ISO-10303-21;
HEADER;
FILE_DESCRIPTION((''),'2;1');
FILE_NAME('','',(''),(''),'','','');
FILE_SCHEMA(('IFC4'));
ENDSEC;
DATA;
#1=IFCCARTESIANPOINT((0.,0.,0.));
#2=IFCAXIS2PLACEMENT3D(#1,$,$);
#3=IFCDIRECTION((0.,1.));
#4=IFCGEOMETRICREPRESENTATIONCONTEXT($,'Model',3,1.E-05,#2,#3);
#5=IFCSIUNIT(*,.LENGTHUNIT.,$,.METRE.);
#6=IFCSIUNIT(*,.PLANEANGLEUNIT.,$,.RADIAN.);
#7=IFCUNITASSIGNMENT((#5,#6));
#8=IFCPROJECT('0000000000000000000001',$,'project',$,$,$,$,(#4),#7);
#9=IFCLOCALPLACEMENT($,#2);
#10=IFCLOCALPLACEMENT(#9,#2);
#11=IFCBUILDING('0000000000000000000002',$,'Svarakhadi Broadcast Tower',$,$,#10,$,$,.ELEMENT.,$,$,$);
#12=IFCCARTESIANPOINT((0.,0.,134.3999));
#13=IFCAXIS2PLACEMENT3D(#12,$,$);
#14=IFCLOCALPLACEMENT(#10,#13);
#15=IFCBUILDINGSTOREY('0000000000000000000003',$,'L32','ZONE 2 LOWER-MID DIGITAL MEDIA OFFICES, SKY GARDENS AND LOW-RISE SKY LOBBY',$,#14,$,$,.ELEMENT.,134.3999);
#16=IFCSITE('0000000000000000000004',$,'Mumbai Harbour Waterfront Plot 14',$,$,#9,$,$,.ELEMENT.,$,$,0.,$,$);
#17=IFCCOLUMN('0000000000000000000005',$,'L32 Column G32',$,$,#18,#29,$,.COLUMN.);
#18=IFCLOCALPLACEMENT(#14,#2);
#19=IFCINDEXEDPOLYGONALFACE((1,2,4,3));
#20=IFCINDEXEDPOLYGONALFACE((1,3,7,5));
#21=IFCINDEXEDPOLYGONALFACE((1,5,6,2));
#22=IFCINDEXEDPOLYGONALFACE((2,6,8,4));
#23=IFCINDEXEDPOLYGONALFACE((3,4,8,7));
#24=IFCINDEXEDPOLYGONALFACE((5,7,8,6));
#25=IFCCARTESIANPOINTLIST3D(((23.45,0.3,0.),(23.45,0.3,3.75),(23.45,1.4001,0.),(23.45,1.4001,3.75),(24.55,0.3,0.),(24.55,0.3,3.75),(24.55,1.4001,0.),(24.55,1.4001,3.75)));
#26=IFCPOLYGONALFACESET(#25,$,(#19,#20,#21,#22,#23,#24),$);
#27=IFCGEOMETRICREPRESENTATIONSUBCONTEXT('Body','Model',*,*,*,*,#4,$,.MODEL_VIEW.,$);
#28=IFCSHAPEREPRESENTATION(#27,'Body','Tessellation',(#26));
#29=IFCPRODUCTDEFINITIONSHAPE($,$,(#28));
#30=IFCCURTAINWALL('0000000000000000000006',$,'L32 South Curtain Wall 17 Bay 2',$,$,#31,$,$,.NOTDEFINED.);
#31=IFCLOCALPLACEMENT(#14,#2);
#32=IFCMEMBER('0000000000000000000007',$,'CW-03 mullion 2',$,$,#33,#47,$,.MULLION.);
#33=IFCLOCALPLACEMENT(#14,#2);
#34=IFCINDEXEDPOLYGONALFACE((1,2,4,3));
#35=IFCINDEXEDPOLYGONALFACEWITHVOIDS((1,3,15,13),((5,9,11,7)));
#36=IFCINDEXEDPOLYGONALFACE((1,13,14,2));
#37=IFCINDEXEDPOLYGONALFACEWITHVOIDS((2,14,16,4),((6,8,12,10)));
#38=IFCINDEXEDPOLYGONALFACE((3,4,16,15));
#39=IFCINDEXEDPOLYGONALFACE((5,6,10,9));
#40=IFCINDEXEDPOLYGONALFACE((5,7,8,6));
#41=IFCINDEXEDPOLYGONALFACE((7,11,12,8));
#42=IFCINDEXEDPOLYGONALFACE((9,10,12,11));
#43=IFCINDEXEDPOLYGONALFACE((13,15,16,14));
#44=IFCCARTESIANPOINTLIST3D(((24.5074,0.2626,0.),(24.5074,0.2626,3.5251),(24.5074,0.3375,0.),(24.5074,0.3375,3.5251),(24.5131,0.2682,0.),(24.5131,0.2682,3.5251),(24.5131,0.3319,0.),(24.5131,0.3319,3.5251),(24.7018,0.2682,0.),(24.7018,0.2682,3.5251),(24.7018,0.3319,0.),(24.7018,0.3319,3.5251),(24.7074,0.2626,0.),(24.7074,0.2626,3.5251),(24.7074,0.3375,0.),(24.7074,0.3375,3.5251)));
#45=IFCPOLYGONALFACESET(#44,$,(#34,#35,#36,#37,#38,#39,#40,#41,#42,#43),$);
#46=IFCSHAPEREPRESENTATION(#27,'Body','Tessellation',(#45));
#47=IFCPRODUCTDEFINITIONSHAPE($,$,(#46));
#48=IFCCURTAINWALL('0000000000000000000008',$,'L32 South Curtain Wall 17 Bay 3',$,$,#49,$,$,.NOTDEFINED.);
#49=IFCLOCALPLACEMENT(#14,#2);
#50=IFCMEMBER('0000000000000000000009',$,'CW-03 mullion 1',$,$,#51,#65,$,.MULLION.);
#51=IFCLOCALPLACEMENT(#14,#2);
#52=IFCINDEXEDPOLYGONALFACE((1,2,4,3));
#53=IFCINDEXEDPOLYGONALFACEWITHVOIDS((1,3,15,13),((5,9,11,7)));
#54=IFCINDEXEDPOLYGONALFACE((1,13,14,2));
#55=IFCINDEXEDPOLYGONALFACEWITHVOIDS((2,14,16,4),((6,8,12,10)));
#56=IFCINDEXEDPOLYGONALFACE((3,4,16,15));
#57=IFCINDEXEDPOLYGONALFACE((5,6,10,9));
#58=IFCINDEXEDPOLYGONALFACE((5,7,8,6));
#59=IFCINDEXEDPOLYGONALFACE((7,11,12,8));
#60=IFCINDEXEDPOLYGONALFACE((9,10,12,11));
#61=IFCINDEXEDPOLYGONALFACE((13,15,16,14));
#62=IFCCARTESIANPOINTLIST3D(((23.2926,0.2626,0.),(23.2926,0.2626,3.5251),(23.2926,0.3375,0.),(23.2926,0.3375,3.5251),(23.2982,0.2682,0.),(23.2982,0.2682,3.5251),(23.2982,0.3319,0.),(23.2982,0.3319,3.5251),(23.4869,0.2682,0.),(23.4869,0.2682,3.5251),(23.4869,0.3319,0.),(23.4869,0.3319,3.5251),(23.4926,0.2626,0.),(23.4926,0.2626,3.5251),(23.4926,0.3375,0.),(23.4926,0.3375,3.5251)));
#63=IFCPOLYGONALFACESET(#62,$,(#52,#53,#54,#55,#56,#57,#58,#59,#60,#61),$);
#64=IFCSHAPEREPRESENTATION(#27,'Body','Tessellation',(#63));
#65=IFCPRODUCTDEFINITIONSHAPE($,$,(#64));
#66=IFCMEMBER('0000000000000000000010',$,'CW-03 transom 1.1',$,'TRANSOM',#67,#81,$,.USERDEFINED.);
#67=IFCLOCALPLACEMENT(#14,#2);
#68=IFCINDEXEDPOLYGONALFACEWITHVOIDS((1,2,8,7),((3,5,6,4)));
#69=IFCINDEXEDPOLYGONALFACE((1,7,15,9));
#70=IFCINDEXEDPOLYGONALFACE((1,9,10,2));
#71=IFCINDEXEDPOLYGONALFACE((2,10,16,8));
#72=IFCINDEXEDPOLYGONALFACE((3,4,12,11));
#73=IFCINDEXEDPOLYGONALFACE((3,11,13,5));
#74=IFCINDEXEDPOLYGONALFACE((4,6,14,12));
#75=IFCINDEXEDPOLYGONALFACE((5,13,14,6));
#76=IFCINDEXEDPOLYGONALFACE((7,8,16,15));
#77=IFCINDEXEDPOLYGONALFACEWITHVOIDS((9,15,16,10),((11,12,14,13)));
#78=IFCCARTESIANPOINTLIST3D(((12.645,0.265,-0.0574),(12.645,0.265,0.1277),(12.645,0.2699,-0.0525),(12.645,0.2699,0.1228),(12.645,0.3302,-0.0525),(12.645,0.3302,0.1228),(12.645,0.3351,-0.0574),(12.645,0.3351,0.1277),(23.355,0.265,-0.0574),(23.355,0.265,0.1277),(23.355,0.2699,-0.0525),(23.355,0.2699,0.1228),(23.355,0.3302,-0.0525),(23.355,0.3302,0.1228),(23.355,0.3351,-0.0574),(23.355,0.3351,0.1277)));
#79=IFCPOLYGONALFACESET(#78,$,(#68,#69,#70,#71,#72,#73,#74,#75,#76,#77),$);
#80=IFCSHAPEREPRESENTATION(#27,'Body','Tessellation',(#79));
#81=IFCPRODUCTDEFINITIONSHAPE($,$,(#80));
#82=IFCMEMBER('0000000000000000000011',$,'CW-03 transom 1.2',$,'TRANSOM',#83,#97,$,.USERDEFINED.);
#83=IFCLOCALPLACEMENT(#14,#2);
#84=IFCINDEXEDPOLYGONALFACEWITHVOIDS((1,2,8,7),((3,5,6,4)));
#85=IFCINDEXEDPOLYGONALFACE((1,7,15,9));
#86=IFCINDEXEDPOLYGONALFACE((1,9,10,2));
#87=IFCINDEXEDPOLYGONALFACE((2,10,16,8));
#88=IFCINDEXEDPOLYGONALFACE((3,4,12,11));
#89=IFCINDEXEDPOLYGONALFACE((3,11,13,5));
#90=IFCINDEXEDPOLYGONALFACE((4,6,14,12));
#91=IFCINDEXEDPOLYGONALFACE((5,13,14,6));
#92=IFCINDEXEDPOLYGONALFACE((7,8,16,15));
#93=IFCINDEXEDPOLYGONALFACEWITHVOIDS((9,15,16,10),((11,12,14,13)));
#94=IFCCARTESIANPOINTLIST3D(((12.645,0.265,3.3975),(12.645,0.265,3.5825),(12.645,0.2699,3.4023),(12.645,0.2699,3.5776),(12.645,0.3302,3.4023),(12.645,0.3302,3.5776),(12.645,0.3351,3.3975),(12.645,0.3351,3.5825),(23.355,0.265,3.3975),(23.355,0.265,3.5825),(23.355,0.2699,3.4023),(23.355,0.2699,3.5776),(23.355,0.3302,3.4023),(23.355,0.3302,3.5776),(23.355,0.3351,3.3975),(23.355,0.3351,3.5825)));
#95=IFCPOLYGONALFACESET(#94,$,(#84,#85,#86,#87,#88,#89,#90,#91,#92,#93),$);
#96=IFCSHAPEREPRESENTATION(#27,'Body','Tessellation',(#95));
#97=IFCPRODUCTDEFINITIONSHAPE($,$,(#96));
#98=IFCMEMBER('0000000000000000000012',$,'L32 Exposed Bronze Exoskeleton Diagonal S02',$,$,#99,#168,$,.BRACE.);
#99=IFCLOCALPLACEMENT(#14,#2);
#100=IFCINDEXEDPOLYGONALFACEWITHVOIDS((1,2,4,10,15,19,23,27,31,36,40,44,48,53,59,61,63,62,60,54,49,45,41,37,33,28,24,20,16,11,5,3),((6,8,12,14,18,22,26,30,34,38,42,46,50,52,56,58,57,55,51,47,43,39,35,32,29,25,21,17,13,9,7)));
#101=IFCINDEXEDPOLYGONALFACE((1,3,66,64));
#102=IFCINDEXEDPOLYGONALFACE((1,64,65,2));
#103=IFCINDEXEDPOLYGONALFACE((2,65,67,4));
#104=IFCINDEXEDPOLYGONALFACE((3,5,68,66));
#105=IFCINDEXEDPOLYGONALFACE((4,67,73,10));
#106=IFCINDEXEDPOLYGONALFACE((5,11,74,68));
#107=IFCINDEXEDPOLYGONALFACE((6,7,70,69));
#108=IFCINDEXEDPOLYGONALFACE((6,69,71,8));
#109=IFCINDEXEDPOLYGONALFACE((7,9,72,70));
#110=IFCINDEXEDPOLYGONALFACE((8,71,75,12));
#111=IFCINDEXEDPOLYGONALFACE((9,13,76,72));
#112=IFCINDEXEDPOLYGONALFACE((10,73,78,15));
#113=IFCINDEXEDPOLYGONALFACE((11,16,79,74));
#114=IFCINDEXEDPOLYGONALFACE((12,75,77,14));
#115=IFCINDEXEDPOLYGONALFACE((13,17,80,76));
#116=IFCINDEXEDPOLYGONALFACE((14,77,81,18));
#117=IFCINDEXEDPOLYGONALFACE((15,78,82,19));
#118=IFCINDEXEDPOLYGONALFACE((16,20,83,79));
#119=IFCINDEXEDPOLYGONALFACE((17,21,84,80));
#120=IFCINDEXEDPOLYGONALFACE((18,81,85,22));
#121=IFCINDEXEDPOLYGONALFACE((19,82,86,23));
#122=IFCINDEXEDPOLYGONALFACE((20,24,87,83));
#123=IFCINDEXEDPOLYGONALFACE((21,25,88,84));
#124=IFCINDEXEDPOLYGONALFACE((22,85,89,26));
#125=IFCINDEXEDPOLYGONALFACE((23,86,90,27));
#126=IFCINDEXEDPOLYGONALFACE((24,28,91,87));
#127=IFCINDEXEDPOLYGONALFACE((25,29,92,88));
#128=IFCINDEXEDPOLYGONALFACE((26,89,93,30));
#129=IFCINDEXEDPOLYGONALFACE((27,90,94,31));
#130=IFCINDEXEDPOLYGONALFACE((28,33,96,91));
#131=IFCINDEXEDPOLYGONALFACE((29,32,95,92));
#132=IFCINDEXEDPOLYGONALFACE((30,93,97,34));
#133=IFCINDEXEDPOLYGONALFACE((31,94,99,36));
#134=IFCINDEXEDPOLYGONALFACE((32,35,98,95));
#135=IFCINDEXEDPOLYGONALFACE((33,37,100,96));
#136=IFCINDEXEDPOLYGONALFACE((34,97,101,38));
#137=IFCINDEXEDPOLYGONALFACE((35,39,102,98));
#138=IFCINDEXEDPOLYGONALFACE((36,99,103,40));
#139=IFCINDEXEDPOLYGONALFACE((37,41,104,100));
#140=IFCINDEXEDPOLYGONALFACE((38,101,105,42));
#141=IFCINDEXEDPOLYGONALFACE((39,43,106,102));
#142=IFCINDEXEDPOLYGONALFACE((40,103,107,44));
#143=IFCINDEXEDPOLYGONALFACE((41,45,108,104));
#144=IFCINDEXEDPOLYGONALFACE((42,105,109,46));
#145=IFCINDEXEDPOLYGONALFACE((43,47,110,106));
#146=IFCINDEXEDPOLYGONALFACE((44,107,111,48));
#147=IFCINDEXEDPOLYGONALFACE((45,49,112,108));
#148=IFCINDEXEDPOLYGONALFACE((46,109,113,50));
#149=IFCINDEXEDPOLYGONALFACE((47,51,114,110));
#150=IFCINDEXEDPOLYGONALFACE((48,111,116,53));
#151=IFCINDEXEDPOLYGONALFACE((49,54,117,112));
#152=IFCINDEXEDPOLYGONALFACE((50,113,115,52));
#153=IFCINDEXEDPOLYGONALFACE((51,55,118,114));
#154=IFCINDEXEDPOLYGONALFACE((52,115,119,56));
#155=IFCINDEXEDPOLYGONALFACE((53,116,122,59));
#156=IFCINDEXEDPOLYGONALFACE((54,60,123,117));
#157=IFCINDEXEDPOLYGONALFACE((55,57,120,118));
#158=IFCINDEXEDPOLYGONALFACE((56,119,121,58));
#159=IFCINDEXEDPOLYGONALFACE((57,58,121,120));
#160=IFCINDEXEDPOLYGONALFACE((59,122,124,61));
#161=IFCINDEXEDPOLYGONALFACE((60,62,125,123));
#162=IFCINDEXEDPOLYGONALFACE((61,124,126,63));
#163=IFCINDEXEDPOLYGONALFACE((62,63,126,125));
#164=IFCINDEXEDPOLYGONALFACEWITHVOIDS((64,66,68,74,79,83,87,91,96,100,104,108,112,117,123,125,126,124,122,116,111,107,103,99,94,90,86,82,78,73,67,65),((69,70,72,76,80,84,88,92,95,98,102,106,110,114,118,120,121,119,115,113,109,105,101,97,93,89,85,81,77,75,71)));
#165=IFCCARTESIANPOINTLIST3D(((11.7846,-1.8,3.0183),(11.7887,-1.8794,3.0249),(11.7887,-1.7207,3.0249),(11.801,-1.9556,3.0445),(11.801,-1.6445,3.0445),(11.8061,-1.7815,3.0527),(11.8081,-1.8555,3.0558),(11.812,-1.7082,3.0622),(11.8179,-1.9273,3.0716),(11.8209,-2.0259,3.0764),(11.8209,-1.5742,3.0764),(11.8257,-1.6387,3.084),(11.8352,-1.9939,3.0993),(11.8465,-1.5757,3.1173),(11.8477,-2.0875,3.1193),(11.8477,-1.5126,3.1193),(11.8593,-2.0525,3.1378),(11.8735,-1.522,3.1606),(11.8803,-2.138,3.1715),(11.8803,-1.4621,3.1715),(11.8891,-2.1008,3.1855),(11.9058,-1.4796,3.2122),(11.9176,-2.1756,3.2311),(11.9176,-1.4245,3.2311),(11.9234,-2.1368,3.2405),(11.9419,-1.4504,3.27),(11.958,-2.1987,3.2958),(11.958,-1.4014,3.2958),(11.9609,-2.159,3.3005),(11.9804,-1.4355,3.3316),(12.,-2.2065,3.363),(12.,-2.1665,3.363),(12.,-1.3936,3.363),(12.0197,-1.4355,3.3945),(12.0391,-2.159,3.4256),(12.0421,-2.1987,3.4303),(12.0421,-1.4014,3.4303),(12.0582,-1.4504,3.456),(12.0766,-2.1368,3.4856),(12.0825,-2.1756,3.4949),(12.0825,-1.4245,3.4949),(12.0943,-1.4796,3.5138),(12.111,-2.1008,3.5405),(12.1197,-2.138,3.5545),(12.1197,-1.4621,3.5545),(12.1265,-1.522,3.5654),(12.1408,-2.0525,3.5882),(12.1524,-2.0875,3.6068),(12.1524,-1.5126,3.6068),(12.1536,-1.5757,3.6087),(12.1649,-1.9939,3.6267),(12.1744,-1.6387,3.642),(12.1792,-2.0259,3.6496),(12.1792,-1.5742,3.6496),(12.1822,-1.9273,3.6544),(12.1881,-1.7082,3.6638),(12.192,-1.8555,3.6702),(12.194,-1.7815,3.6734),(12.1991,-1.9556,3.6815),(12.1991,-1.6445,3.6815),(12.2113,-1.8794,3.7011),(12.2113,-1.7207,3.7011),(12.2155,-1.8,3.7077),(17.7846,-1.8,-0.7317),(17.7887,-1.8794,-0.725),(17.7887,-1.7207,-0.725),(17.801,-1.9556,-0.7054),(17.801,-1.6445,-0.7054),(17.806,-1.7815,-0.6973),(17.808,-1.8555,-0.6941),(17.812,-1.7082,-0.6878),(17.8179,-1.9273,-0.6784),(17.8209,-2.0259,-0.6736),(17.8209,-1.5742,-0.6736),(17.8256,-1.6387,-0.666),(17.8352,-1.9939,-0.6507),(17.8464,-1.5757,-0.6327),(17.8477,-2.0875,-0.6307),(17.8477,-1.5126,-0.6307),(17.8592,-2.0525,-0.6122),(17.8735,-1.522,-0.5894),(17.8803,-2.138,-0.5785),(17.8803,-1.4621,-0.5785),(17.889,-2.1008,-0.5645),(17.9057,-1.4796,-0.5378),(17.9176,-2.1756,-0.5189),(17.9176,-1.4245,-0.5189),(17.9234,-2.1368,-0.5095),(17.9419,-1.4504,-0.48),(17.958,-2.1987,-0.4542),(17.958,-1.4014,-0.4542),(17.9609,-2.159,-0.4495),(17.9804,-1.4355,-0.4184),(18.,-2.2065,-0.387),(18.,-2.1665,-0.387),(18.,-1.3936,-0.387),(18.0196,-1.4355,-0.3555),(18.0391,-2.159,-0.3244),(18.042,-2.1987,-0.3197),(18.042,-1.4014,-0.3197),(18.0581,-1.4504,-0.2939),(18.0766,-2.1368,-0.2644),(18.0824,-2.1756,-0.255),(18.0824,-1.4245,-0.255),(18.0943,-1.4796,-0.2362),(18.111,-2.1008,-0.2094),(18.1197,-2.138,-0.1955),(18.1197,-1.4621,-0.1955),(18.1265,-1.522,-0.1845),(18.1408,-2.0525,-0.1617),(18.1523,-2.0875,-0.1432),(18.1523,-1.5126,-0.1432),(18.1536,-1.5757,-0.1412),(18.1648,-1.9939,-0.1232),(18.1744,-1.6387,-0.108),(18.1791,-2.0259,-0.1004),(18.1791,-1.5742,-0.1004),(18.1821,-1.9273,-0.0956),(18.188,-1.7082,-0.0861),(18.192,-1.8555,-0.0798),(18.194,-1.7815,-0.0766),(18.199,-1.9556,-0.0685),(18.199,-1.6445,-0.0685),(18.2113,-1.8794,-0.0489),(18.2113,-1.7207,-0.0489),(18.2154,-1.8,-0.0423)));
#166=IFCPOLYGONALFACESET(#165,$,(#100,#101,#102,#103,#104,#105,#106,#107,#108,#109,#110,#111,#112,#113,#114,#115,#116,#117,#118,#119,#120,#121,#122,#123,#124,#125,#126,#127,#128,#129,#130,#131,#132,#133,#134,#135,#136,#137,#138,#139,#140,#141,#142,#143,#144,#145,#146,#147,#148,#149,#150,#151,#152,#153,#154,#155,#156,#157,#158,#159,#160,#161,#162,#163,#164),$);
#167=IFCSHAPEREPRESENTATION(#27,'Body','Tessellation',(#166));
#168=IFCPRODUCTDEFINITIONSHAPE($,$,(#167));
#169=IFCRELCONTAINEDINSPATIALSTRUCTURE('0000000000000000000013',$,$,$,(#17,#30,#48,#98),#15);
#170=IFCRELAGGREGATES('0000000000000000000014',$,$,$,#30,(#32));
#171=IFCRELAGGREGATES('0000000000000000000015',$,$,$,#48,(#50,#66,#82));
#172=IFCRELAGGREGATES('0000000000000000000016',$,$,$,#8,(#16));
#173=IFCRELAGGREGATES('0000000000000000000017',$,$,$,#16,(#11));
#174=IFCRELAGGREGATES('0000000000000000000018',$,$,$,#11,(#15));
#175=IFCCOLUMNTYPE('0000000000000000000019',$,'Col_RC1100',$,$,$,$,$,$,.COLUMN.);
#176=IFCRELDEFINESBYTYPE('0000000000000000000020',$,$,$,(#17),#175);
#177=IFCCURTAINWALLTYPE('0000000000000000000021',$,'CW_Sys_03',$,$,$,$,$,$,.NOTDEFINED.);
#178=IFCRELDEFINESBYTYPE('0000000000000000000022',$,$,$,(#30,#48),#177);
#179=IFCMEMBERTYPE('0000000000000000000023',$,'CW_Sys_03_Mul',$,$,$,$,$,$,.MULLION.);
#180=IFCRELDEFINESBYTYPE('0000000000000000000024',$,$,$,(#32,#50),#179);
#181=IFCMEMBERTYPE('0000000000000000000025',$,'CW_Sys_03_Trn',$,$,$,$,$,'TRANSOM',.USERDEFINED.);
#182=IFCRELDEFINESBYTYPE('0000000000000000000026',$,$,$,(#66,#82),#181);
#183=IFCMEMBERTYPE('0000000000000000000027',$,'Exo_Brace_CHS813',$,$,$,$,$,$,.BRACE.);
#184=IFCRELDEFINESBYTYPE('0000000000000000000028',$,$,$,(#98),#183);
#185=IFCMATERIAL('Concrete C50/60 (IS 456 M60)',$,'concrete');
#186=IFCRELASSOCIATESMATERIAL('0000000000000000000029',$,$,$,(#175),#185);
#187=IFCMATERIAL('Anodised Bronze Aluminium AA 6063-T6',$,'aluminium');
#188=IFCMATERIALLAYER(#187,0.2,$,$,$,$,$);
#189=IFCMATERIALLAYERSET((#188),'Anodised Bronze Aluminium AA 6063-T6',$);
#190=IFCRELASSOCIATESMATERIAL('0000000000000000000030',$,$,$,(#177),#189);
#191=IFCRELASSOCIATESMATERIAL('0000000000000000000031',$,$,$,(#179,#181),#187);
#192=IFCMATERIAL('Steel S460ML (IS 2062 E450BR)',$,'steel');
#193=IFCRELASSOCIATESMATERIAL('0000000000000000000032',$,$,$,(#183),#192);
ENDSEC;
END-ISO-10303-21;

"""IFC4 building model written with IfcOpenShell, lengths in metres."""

from ifc_helpers import new_model, si_unit, direction, frame, origin, origin_2d, place, context, subcontext, project, spatial, rectangle, hollow_rectangle, hollow_circle, extrude, material, layer, layer_set, material_profile, profile_set, type_object, element, aggregate, save


model = new_model("IFC4")

# Units and contexts
model_context = context("Model", 3, precision=1e-05, world=origin(), true_north=direction((0.0, 1.0)))
body_context = subcontext(model_context, "Body", "Model", "MODEL_VIEW")
ifc_project = project(units=[si_unit("LENGTHUNIT", "METRE"), si_unit("PLANEANGLEUNIT", "RADIAN")], contexts=[model_context])

# Site, building, storey
site_placement = place(None, origin())
site = spatial("IfcSite", under=ifc_project, at=site_placement, Name="Mumbai Harbour Waterfront Plot 14", CompositionType="ELEMENT", RefElevation=0.0)
building_placement = place(site_placement, origin())
building = spatial("IfcBuilding", under=site, at=building_placement, Name="Svarakhadi Broadcast Tower", CompositionType="ELEMENT")
storey_placement = place(building_placement, frame((0.0, 0.0, 134.3999)))
storey = spatial("IfcBuildingStorey", under=building, at=storey_placement, Name="L32", Description="ZONE 2 LOWER-MID DIGITAL MEDIA OFFICES, SKY GARDENS AND LOW-RISE SKY LOBBY", CompositionType="ELEMENT", Elevation=134.3999)

# Column
ifc_material_1 = material(Name="Concrete C50/60 (IS 456 M60)", Category="concrete")
ifc_material_profile_1 = material_profile(ifc_material_1, rectangle(XDim=1.1001, YDim=1.1001, at=origin_2d()), Name="RC 1100x1100")
ifc_profile_set_1 = profile_set([ifc_material_profile_1], Name="Concrete C50/60 (IS 456 M60)")
column_type = type_object("IfcColumnType", Name="Col_RC1100", PredefinedType="COLUMN", material=ifc_profile_set_1)
column_placement = place(storey_placement, frame((24.0, 0.8501, 0.0), z_axis=(0.0, 0.0, 1.0), x_axis=(1.0, 0.0, 0.0)))
element("IfcColumn", 1, at=column_placement, inside=storey, type_object=column_type, Name="L32 Column G32", PredefinedType="COLUMN", context=body_context, shape_type="SweptSolid", body=[
    extrude(rectangle(XDim=1.1001, YDim=1.1001, at=origin_2d()), origin(), (0.0, 0.0, 1.0), 3.75),
])

# Curtain wall, member
ifc_material_2 = material(Name="Anodised Bronze Aluminium AA 6063-T6", Category="aluminium")
ifc_layer_1 = layer(ifc_material_2, 0.2)
ifc_layer_set_1 = layer_set([ifc_layer_1], Name="Anodised Bronze Aluminium AA 6063-T6")
curtain_wall_type = type_object("IfcCurtainWallType", Name="CW_Sys_03", PredefinedType="NOTDEFINED", material=ifc_layer_set_1)
curtain_wall_1_placement = place(storey_placement, origin())
curtain_wall_1 = element("IfcCurtainWall", 2, at=curtain_wall_1_placement, inside=storey, type_object=curtain_wall_type, Name="L32 South Curtain Wall 17 Bay 2", PredefinedType="NOTDEFINED")
ifc_material_profile_2 = material_profile(ifc_material_2, hollow_rectangle(XDim=0.075, YDim=0.2, WallThickness=0.0056, at=origin_2d()), Name="ALU MULLION 200x75x6")
ifc_profile_set_2 = profile_set([ifc_material_profile_2], Name="Anodised Bronze Aluminium AA 6063-T6")
member_type_1 = type_object("IfcMemberType", Name="CW_Sys_03_Mul", PredefinedType="MULLION", material=ifc_profile_set_2)
member_1_placement = place(storey_placement, frame((24.6074, 0.3, 0.0), z_axis=(0.0, 0.0, 1.0), x_axis=(0.0, -1.0, 0.0)))
member_1 = element("IfcMember", 3, at=member_1_placement, type_object=member_type_1, Name="CW-03 mullion 2", PredefinedType="MULLION", context=body_context, shape_type="SweptSolid", body=[
    extrude(hollow_rectangle(XDim=0.075, YDim=0.2, WallThickness=0.0056, at=origin_2d()), origin(), (0.0, 0.0, 1.0), 3.5251),
])
aggregate(curtain_wall_1, [member_1])

# Curtain wall, members
curtain_wall_2_placement = place(storey_placement, origin())
curtain_wall_2 = element("IfcCurtainWall", 4, at=curtain_wall_2_placement, inside=storey, type_object=curtain_wall_type, Name="L32 South Curtain Wall 17 Bay 3", PredefinedType="NOTDEFINED")
member_2_placement = place(storey_placement, frame((23.3926, 0.3, 0.0), z_axis=(0.0, 0.0, 1.0), x_axis=(0.0, -1.0, 0.0)))
member_2 = element("IfcMember", 5, at=member_2_placement, type_object=member_type_1, Name="CW-03 mullion 1", PredefinedType="MULLION", context=body_context, shape_type="SweptSolid", body=[
    extrude(hollow_rectangle(XDim=0.075, YDim=0.2, WallThickness=0.0056, at=origin_2d()), origin(), (0.0, 0.0, 1.0), 3.5251),
])
ifc_material_profile_3 = material_profile(ifc_material_2, hollow_rectangle(XDim=0.0701, YDim=0.1851, WallThickness=0.0049, at=origin_2d()), Name="ALU TRANSOM 185x70x5")
ifc_profile_set_3 = profile_set([ifc_material_profile_3], Name="Anodised Bronze Aluminium AA 6063-T6")
member_type_2 = type_object("IfcMemberType", Name="CW_Sys_03_Trn", ElementType="TRANSOM", PredefinedType="USERDEFINED", material=ifc_profile_set_3)
member_3_placement = place(storey_placement, frame((23.355, 0.3, 0.0352), z_axis=(-1.0, 0.0, 0.0), x_axis=(0.0, -1.0, 0.0)))
member_3 = element("IfcMember", 6, at=member_3_placement, type_object=member_type_2, Name="CW-03 transom 1.1", ObjectType="TRANSOM", PredefinedType="USERDEFINED", context=body_context, shape_type="SweptSolid", body=[
    extrude(hollow_rectangle(XDim=0.0701, YDim=0.1851, WallThickness=0.0049, at=origin_2d()), origin(), (0.0, 0.0, 1.0), 10.71),
])
member_4_placement = place(storey_placement, frame((23.355, 0.3, 3.49), z_axis=(-1.0, 0.0, 0.0), x_axis=(0.0, -1.0, 0.0)))
member_4 = element("IfcMember", 7, at=member_4_placement, type_object=member_type_2, Name="CW-03 transom 1.2", ObjectType="TRANSOM", PredefinedType="USERDEFINED", context=body_context, shape_type="SweptSolid", body=[
    extrude(hollow_rectangle(XDim=0.0701, YDim=0.1851, WallThickness=0.0049, at=origin_2d()), origin(), (0.0, 0.0, 1.0), 10.71),
])

# Member
ifc_material_3 = material(Name="Steel S460ML (IS 2062 E450BR)", Category="steel")
ifc_material_profile_4 = material_profile(ifc_material_3, hollow_circle(Radius=0.4065, WallThickness=0.04, at=origin_2d()), Name="CHS 813x40")
ifc_profile_set_4 = profile_set([ifc_material_profile_4], Name="Steel S460ML (IS 2062 E450BR)")
member_type_3 = type_object("IfcMemberType", Name="Exo_Brace_CHS813", PredefinedType="BRACE", material=ifc_profile_set_4)
for number, where, z_axis, x_axis, name in (
    (8, (18.0, -1.8, -0.387), (-0.847998, 0.0, 0.529999), (0.0, -1.0, 0.0), "L32 Exposed Bronze Exoskeleton Diagonal S02"),
):
    element("IfcMember", number, at=place(storey_placement, frame(where, z_axis=z_axis, x_axis=x_axis)), inside=storey, type_object=member_type_3, Name=name, PredefinedType="BRACE", context=body_context, shape_type="SweptSolid", body=[
        extrude(hollow_circle(Radius=0.4065, WallThickness=0.04, at=origin_2d()), origin(), (0.0, 0.0, 1.0), 7.0754),
    ])

aggregate(curtain_wall_2, [member_2, member_3, member_4])

save(model, "model.ifc")
